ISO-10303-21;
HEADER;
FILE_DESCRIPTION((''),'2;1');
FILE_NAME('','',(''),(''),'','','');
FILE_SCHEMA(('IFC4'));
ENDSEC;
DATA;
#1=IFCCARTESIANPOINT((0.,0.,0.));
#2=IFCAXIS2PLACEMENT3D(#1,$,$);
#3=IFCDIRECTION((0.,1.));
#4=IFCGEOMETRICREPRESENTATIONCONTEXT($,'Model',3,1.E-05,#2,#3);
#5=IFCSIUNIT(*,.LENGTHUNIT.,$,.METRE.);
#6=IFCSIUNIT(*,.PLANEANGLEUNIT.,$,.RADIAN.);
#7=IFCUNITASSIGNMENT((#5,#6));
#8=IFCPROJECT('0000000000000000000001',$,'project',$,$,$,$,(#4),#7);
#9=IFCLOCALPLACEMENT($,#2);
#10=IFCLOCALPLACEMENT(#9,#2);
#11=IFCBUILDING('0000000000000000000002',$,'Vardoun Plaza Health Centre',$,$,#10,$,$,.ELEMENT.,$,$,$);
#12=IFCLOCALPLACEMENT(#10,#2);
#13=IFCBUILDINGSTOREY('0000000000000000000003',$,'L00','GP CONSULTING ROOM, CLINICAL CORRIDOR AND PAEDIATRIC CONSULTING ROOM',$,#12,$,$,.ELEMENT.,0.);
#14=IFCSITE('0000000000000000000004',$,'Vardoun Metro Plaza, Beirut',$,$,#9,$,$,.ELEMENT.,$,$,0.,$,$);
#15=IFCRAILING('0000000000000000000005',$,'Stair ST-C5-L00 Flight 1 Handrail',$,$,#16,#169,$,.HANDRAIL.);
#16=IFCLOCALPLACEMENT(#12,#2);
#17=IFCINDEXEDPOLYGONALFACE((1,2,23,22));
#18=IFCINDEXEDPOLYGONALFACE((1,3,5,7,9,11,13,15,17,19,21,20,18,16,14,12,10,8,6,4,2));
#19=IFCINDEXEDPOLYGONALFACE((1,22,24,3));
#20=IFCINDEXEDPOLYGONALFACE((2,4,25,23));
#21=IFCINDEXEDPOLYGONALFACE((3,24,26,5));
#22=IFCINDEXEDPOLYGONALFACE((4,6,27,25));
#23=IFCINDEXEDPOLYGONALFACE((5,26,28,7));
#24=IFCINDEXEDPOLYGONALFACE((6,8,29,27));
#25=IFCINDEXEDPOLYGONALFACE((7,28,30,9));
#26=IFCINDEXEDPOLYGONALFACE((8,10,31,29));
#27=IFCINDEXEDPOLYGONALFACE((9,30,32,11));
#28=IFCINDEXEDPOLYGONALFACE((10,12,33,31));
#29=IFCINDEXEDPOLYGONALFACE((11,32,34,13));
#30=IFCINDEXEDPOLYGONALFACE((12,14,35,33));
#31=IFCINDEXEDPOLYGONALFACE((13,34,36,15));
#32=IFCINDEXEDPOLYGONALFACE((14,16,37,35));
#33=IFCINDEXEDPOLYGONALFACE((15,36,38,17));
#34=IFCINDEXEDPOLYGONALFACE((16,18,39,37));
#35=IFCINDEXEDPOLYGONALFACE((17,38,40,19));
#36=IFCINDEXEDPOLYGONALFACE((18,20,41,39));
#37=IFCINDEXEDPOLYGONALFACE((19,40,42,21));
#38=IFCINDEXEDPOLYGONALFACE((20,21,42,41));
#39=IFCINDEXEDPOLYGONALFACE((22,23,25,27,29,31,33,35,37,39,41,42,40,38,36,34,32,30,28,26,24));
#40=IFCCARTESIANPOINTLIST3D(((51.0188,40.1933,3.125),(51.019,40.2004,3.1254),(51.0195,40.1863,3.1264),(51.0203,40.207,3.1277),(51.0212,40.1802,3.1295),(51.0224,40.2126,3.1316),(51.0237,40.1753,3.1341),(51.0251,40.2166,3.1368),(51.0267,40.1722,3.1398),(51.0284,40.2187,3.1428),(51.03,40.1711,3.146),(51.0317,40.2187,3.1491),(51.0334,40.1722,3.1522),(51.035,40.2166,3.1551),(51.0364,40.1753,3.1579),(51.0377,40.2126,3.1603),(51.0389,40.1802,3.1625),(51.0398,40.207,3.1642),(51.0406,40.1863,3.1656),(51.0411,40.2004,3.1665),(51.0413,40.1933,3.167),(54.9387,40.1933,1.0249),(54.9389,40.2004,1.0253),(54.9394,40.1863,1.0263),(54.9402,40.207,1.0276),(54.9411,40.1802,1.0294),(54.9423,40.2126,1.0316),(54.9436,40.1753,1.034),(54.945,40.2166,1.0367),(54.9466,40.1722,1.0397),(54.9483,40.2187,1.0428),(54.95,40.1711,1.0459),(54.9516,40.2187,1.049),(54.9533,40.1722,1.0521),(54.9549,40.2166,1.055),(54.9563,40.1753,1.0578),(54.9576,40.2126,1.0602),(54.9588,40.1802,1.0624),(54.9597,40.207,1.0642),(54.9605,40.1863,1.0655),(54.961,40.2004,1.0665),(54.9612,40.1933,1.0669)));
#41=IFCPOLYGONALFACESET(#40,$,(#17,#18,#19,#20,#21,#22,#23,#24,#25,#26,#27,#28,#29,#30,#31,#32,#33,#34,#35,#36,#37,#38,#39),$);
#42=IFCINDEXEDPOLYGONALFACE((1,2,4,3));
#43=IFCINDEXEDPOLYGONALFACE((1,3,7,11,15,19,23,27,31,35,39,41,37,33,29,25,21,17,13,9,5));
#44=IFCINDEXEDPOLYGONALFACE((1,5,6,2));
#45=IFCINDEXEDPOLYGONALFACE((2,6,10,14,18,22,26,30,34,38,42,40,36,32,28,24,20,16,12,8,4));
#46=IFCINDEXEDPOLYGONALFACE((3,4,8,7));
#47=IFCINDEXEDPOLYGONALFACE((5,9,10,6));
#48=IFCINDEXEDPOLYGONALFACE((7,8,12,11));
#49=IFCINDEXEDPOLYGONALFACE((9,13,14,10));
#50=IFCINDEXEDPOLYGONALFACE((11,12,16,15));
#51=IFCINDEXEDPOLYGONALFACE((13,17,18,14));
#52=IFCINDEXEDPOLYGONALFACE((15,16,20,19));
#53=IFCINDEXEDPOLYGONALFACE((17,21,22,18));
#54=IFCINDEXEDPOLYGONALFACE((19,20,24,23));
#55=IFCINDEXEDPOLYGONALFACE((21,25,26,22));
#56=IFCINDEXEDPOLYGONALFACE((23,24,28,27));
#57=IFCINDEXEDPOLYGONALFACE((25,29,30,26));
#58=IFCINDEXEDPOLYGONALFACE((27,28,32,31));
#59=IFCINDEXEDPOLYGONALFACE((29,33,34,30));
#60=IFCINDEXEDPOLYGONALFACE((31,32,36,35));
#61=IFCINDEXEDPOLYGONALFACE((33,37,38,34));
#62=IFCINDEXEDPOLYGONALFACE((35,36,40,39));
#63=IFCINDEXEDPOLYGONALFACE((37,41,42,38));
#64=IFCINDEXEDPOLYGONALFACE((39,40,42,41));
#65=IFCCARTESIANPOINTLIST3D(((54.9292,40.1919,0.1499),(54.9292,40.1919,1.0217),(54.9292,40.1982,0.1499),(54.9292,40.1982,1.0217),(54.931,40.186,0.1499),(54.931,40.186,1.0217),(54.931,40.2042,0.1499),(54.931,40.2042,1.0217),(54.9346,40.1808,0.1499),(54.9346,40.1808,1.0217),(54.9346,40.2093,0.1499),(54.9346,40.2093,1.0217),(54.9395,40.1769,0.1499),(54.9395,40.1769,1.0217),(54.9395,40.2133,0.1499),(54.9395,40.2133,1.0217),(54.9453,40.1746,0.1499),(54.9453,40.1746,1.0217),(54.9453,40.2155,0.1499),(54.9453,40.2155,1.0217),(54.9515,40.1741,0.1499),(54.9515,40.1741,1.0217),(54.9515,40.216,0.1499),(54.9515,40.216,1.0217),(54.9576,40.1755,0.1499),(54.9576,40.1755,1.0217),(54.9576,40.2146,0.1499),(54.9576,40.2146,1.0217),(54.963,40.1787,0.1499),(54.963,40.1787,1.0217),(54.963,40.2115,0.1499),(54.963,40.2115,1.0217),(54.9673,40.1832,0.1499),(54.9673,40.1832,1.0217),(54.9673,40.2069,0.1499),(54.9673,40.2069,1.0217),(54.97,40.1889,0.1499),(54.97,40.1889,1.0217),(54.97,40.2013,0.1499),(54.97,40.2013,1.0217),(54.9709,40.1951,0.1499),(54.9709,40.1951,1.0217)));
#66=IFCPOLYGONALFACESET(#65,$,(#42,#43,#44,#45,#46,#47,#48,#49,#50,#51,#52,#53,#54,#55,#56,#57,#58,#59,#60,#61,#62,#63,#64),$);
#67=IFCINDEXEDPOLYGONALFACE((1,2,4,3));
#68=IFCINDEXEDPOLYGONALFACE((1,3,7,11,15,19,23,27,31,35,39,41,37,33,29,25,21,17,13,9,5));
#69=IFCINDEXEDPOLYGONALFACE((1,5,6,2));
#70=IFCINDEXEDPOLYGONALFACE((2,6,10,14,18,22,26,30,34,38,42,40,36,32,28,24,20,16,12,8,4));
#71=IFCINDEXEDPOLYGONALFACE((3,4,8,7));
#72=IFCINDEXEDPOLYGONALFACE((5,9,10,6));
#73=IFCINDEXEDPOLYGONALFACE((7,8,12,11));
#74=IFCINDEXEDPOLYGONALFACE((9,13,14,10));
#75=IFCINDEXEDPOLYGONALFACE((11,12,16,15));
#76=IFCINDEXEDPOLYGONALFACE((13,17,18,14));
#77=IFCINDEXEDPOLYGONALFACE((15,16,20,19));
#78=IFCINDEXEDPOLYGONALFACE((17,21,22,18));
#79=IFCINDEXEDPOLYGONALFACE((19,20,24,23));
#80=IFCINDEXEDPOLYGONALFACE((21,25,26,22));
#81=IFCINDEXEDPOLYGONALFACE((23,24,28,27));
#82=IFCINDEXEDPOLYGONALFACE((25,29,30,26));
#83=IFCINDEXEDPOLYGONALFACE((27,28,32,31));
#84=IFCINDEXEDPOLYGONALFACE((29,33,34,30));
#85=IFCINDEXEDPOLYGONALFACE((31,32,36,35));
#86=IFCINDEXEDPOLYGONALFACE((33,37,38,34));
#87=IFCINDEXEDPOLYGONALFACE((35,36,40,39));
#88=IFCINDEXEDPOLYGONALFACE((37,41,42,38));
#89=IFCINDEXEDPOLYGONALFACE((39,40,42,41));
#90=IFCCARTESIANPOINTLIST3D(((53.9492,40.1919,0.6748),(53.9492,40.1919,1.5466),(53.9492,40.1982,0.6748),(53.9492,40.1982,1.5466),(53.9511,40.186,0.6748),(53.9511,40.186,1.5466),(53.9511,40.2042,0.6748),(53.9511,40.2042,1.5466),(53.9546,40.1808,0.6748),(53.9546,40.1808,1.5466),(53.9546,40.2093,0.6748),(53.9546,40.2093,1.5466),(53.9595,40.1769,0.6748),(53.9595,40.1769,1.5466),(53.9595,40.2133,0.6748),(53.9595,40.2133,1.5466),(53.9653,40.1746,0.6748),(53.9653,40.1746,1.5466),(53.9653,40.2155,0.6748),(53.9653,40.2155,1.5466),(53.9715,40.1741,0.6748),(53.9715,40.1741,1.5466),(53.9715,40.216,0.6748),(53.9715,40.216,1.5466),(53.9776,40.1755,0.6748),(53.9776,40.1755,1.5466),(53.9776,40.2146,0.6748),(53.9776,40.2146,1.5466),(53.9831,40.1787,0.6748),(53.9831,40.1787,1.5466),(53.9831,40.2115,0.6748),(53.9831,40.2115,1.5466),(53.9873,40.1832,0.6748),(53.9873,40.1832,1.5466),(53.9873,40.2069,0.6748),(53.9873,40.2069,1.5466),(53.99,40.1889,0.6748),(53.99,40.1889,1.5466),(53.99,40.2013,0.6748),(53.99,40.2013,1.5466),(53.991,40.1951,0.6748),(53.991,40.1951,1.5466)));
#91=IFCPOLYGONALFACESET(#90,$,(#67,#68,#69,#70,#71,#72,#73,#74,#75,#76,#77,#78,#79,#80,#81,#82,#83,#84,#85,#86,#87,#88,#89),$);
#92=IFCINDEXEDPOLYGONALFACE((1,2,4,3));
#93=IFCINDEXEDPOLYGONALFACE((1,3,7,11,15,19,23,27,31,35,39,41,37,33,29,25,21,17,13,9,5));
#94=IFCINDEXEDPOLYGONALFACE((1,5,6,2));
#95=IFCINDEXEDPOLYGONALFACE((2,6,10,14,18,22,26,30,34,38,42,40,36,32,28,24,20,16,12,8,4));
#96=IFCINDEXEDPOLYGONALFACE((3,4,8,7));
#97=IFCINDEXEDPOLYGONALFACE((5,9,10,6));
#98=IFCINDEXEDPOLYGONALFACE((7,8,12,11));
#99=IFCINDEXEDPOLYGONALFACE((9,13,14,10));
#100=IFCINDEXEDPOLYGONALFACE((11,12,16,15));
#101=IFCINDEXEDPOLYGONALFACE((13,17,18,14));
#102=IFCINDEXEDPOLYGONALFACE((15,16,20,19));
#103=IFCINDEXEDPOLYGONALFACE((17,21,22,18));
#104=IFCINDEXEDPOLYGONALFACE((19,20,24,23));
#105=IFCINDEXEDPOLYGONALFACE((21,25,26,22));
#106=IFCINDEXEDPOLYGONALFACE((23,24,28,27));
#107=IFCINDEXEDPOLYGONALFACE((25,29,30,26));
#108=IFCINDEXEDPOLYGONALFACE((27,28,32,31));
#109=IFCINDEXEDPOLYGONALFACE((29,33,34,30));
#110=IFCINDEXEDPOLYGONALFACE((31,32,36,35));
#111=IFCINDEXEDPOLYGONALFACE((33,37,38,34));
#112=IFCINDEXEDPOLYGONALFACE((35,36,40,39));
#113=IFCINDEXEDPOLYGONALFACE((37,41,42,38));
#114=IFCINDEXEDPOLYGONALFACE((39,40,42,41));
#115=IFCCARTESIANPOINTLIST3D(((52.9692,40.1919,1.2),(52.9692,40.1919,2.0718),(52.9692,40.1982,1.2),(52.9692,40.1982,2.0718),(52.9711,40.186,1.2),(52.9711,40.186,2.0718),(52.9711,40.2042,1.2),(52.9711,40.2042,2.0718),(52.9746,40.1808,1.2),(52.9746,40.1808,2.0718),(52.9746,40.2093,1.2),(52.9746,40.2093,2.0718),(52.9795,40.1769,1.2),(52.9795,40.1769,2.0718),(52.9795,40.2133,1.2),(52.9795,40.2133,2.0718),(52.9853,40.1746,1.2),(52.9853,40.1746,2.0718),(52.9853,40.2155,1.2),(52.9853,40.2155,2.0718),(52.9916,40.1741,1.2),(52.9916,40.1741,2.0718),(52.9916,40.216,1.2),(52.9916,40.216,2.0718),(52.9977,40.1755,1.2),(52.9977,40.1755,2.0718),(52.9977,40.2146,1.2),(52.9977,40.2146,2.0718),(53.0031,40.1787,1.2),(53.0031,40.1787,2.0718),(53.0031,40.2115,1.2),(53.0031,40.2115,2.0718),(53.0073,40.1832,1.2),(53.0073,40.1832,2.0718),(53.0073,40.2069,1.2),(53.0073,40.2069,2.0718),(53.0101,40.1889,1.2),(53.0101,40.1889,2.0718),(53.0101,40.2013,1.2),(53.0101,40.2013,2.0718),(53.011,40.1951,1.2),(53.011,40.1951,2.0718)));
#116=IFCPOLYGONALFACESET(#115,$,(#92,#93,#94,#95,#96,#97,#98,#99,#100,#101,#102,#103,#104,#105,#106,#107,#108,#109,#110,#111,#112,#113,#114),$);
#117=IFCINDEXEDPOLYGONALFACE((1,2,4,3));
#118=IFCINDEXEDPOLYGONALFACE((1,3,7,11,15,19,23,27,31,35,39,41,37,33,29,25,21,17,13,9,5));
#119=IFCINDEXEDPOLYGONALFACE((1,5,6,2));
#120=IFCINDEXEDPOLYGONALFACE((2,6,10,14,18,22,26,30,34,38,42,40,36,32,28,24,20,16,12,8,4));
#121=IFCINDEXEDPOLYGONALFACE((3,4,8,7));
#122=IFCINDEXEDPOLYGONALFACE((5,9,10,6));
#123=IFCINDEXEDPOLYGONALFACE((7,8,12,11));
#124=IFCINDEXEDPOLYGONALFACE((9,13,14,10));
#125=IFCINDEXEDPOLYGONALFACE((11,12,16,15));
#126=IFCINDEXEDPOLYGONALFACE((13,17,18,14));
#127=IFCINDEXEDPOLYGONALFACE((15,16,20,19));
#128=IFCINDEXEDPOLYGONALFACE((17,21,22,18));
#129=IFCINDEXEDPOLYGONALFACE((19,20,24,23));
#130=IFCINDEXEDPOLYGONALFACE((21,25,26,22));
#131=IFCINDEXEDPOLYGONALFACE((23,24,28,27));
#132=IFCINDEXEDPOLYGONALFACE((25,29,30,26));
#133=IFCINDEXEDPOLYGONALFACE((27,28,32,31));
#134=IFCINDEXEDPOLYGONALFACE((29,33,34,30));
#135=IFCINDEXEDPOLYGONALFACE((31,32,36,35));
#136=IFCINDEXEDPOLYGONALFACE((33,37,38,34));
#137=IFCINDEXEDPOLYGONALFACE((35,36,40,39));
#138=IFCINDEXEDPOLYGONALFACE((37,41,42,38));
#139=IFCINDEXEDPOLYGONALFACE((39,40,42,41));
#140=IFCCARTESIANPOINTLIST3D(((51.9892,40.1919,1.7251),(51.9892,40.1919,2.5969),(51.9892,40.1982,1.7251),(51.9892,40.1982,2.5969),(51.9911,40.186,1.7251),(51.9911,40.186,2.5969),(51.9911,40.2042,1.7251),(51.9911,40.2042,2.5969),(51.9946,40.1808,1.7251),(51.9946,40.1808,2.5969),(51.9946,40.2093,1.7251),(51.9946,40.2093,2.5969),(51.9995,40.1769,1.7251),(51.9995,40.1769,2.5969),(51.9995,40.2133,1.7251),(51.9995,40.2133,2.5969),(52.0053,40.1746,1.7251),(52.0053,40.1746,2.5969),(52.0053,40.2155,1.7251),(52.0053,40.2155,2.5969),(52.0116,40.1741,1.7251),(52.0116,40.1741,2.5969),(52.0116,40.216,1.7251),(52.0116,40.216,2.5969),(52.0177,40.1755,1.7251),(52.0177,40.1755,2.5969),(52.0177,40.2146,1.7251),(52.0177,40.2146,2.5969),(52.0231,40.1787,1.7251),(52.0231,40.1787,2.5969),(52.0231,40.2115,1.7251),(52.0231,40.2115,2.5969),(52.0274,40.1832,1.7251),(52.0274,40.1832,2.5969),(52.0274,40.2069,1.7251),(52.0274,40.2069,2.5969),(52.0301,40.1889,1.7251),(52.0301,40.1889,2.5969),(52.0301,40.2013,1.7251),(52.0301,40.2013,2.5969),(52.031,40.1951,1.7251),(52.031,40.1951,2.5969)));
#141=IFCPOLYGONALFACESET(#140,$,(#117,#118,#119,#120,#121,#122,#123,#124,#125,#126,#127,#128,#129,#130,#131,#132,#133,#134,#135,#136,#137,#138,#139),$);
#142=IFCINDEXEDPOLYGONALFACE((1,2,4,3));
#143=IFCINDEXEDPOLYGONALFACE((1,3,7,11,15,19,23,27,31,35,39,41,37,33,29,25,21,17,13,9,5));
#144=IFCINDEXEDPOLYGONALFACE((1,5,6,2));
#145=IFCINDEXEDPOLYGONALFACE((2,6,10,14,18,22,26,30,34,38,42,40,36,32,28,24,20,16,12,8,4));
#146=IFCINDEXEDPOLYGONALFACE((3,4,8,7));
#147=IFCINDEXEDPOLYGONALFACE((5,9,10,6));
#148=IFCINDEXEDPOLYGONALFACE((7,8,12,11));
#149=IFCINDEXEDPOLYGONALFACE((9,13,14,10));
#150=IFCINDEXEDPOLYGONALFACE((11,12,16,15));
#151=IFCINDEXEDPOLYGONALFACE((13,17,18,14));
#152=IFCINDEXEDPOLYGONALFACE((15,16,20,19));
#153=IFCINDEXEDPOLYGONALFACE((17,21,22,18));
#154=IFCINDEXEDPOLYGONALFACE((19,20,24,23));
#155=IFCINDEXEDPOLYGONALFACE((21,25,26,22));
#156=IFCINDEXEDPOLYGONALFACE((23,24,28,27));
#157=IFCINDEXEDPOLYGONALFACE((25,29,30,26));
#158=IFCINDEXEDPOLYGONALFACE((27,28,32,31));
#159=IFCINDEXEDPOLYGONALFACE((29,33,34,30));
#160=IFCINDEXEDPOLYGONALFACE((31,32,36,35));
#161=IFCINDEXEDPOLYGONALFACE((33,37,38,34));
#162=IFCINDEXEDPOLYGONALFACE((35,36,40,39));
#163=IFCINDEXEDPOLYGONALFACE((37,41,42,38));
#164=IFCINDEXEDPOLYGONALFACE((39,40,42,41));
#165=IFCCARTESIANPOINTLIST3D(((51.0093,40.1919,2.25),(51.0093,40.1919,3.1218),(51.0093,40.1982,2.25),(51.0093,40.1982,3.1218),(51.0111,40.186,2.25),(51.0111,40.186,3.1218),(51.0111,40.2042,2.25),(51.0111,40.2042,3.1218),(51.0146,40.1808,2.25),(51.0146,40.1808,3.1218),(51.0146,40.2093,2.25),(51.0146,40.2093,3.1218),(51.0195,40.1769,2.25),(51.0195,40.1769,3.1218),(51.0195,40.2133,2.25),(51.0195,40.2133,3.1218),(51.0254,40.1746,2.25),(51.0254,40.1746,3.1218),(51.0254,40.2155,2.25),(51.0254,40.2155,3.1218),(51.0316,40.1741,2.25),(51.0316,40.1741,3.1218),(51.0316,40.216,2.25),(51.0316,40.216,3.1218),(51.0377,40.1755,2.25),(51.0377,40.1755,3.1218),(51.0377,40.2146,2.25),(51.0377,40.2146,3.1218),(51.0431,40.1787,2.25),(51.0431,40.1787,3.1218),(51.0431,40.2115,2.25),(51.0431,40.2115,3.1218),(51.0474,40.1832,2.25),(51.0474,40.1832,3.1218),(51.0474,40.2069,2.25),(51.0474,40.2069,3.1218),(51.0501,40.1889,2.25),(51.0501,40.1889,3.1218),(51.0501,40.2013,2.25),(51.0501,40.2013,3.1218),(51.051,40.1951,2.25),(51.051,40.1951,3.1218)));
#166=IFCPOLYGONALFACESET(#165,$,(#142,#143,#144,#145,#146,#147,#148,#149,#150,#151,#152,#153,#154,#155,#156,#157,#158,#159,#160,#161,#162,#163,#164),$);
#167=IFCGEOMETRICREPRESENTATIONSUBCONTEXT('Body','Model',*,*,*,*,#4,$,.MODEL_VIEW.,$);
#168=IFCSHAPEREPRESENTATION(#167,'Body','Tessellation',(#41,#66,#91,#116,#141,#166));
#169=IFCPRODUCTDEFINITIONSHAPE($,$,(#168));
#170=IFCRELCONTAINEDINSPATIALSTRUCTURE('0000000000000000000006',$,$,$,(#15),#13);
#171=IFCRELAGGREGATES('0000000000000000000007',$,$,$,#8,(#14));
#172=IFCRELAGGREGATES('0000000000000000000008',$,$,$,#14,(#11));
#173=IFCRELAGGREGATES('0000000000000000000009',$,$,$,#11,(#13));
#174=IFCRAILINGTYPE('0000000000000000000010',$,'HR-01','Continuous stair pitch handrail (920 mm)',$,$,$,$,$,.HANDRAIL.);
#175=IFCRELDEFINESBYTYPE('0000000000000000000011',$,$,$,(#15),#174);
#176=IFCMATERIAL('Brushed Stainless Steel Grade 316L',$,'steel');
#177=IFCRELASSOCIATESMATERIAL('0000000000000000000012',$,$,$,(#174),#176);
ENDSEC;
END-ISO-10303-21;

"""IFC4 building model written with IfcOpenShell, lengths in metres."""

from ifc_helpers import new_model, si_unit, direction, frame, origin, origin_2d, place, context, subcontext, project, spatial, circle, extrude, material, type_object, element, save


model = new_model("IFC4")

# Units and contexts
model_context = context("Model", 3, precision=1e-05, world=origin(), true_north=direction((0.0, 1.0)))
body_context = subcontext(model_context, "Body", "Model", "MODEL_VIEW")
ifc_project = project(units=[si_unit("LENGTHUNIT", "METRE"), si_unit("PLANEANGLEUNIT", "RADIAN")], contexts=[model_context])

# Site, building, storey
site_placement = place(None, origin())
site = spatial("IfcSite", under=ifc_project, at=site_placement, Name="Vardoun Metro Plaza, Beirut", CompositionType="ELEMENT", RefElevation=0.0)
building_placement = place(site_placement, origin())
building = spatial("IfcBuilding", under=site, at=building_placement, Name="Vardoun Plaza Health Centre", CompositionType="ELEMENT")
storey_placement = place(building_placement, origin())
storey = spatial("IfcBuildingStorey", under=building, at=storey_placement, Name="L00", Description="GP CONSULTING ROOM, CLINICAL CORRIDOR AND PAEDIATRIC CONSULTING ROOM", CompositionType="ELEMENT", Elevation=0.0)

# Railing
ifc_material_1 = material(Name="Brushed Stainless Steel Grade 316L", Category="steel")
railing_type_1 = type_object("IfcRailingType", Name="HR-01", Description="Continuous stair pitch handrail (920 mm)", PredefinedType="HANDRAIL", material=ifc_material_1)
railing_1_placement = place(storey_placement, frame((54.95, 40.1951, 0.1499)))
element("IfcRailing", 1, at=railing_1_placement, inside=storey, type_object=railing_type_1, Name="Stair ST-C5-L00 Flight 1 Handrail", PredefinedType="HANDRAIL", context=body_context, shape_type="SweptSolid", body=[
    extrude(circle(Radius=0.0239, at=origin_2d()), frame((0.0, 0.0, 0.896), z_axis=(-0.881467, 0.0, 0.472246), x_axis=(0.0, -1.0, 0.0)), (0.0, 0.0, 1.0), 4.447),
    extrude(circle(Radius=0.021, at=origin_2d()), origin(), (0.0, 0.0, 1.0), 0.8718),
    extrude(circle(Radius=0.021, at=origin_2d()), frame((-0.98, 0.0, 0.5249)), (0.0, 0.0, 1.0), 0.8718),
    extrude(circle(Radius=0.021, at=origin_2d()), frame((-1.96, 0.0, 1.05)), (0.0, 0.0, 1.0), 0.8718),
    extrude(circle(Radius=0.021, at=origin_2d()), frame((-2.9399, 0.0, 1.5752)), (0.0, 0.0, 1.0), 0.8718),
    extrude(circle(Radius=0.021, at=origin_2d()), frame((-3.9199, 0.0, 2.1001)), (0.0, 0.0, 1.0), 0.8718),
])

save(model, "model.ifc")
